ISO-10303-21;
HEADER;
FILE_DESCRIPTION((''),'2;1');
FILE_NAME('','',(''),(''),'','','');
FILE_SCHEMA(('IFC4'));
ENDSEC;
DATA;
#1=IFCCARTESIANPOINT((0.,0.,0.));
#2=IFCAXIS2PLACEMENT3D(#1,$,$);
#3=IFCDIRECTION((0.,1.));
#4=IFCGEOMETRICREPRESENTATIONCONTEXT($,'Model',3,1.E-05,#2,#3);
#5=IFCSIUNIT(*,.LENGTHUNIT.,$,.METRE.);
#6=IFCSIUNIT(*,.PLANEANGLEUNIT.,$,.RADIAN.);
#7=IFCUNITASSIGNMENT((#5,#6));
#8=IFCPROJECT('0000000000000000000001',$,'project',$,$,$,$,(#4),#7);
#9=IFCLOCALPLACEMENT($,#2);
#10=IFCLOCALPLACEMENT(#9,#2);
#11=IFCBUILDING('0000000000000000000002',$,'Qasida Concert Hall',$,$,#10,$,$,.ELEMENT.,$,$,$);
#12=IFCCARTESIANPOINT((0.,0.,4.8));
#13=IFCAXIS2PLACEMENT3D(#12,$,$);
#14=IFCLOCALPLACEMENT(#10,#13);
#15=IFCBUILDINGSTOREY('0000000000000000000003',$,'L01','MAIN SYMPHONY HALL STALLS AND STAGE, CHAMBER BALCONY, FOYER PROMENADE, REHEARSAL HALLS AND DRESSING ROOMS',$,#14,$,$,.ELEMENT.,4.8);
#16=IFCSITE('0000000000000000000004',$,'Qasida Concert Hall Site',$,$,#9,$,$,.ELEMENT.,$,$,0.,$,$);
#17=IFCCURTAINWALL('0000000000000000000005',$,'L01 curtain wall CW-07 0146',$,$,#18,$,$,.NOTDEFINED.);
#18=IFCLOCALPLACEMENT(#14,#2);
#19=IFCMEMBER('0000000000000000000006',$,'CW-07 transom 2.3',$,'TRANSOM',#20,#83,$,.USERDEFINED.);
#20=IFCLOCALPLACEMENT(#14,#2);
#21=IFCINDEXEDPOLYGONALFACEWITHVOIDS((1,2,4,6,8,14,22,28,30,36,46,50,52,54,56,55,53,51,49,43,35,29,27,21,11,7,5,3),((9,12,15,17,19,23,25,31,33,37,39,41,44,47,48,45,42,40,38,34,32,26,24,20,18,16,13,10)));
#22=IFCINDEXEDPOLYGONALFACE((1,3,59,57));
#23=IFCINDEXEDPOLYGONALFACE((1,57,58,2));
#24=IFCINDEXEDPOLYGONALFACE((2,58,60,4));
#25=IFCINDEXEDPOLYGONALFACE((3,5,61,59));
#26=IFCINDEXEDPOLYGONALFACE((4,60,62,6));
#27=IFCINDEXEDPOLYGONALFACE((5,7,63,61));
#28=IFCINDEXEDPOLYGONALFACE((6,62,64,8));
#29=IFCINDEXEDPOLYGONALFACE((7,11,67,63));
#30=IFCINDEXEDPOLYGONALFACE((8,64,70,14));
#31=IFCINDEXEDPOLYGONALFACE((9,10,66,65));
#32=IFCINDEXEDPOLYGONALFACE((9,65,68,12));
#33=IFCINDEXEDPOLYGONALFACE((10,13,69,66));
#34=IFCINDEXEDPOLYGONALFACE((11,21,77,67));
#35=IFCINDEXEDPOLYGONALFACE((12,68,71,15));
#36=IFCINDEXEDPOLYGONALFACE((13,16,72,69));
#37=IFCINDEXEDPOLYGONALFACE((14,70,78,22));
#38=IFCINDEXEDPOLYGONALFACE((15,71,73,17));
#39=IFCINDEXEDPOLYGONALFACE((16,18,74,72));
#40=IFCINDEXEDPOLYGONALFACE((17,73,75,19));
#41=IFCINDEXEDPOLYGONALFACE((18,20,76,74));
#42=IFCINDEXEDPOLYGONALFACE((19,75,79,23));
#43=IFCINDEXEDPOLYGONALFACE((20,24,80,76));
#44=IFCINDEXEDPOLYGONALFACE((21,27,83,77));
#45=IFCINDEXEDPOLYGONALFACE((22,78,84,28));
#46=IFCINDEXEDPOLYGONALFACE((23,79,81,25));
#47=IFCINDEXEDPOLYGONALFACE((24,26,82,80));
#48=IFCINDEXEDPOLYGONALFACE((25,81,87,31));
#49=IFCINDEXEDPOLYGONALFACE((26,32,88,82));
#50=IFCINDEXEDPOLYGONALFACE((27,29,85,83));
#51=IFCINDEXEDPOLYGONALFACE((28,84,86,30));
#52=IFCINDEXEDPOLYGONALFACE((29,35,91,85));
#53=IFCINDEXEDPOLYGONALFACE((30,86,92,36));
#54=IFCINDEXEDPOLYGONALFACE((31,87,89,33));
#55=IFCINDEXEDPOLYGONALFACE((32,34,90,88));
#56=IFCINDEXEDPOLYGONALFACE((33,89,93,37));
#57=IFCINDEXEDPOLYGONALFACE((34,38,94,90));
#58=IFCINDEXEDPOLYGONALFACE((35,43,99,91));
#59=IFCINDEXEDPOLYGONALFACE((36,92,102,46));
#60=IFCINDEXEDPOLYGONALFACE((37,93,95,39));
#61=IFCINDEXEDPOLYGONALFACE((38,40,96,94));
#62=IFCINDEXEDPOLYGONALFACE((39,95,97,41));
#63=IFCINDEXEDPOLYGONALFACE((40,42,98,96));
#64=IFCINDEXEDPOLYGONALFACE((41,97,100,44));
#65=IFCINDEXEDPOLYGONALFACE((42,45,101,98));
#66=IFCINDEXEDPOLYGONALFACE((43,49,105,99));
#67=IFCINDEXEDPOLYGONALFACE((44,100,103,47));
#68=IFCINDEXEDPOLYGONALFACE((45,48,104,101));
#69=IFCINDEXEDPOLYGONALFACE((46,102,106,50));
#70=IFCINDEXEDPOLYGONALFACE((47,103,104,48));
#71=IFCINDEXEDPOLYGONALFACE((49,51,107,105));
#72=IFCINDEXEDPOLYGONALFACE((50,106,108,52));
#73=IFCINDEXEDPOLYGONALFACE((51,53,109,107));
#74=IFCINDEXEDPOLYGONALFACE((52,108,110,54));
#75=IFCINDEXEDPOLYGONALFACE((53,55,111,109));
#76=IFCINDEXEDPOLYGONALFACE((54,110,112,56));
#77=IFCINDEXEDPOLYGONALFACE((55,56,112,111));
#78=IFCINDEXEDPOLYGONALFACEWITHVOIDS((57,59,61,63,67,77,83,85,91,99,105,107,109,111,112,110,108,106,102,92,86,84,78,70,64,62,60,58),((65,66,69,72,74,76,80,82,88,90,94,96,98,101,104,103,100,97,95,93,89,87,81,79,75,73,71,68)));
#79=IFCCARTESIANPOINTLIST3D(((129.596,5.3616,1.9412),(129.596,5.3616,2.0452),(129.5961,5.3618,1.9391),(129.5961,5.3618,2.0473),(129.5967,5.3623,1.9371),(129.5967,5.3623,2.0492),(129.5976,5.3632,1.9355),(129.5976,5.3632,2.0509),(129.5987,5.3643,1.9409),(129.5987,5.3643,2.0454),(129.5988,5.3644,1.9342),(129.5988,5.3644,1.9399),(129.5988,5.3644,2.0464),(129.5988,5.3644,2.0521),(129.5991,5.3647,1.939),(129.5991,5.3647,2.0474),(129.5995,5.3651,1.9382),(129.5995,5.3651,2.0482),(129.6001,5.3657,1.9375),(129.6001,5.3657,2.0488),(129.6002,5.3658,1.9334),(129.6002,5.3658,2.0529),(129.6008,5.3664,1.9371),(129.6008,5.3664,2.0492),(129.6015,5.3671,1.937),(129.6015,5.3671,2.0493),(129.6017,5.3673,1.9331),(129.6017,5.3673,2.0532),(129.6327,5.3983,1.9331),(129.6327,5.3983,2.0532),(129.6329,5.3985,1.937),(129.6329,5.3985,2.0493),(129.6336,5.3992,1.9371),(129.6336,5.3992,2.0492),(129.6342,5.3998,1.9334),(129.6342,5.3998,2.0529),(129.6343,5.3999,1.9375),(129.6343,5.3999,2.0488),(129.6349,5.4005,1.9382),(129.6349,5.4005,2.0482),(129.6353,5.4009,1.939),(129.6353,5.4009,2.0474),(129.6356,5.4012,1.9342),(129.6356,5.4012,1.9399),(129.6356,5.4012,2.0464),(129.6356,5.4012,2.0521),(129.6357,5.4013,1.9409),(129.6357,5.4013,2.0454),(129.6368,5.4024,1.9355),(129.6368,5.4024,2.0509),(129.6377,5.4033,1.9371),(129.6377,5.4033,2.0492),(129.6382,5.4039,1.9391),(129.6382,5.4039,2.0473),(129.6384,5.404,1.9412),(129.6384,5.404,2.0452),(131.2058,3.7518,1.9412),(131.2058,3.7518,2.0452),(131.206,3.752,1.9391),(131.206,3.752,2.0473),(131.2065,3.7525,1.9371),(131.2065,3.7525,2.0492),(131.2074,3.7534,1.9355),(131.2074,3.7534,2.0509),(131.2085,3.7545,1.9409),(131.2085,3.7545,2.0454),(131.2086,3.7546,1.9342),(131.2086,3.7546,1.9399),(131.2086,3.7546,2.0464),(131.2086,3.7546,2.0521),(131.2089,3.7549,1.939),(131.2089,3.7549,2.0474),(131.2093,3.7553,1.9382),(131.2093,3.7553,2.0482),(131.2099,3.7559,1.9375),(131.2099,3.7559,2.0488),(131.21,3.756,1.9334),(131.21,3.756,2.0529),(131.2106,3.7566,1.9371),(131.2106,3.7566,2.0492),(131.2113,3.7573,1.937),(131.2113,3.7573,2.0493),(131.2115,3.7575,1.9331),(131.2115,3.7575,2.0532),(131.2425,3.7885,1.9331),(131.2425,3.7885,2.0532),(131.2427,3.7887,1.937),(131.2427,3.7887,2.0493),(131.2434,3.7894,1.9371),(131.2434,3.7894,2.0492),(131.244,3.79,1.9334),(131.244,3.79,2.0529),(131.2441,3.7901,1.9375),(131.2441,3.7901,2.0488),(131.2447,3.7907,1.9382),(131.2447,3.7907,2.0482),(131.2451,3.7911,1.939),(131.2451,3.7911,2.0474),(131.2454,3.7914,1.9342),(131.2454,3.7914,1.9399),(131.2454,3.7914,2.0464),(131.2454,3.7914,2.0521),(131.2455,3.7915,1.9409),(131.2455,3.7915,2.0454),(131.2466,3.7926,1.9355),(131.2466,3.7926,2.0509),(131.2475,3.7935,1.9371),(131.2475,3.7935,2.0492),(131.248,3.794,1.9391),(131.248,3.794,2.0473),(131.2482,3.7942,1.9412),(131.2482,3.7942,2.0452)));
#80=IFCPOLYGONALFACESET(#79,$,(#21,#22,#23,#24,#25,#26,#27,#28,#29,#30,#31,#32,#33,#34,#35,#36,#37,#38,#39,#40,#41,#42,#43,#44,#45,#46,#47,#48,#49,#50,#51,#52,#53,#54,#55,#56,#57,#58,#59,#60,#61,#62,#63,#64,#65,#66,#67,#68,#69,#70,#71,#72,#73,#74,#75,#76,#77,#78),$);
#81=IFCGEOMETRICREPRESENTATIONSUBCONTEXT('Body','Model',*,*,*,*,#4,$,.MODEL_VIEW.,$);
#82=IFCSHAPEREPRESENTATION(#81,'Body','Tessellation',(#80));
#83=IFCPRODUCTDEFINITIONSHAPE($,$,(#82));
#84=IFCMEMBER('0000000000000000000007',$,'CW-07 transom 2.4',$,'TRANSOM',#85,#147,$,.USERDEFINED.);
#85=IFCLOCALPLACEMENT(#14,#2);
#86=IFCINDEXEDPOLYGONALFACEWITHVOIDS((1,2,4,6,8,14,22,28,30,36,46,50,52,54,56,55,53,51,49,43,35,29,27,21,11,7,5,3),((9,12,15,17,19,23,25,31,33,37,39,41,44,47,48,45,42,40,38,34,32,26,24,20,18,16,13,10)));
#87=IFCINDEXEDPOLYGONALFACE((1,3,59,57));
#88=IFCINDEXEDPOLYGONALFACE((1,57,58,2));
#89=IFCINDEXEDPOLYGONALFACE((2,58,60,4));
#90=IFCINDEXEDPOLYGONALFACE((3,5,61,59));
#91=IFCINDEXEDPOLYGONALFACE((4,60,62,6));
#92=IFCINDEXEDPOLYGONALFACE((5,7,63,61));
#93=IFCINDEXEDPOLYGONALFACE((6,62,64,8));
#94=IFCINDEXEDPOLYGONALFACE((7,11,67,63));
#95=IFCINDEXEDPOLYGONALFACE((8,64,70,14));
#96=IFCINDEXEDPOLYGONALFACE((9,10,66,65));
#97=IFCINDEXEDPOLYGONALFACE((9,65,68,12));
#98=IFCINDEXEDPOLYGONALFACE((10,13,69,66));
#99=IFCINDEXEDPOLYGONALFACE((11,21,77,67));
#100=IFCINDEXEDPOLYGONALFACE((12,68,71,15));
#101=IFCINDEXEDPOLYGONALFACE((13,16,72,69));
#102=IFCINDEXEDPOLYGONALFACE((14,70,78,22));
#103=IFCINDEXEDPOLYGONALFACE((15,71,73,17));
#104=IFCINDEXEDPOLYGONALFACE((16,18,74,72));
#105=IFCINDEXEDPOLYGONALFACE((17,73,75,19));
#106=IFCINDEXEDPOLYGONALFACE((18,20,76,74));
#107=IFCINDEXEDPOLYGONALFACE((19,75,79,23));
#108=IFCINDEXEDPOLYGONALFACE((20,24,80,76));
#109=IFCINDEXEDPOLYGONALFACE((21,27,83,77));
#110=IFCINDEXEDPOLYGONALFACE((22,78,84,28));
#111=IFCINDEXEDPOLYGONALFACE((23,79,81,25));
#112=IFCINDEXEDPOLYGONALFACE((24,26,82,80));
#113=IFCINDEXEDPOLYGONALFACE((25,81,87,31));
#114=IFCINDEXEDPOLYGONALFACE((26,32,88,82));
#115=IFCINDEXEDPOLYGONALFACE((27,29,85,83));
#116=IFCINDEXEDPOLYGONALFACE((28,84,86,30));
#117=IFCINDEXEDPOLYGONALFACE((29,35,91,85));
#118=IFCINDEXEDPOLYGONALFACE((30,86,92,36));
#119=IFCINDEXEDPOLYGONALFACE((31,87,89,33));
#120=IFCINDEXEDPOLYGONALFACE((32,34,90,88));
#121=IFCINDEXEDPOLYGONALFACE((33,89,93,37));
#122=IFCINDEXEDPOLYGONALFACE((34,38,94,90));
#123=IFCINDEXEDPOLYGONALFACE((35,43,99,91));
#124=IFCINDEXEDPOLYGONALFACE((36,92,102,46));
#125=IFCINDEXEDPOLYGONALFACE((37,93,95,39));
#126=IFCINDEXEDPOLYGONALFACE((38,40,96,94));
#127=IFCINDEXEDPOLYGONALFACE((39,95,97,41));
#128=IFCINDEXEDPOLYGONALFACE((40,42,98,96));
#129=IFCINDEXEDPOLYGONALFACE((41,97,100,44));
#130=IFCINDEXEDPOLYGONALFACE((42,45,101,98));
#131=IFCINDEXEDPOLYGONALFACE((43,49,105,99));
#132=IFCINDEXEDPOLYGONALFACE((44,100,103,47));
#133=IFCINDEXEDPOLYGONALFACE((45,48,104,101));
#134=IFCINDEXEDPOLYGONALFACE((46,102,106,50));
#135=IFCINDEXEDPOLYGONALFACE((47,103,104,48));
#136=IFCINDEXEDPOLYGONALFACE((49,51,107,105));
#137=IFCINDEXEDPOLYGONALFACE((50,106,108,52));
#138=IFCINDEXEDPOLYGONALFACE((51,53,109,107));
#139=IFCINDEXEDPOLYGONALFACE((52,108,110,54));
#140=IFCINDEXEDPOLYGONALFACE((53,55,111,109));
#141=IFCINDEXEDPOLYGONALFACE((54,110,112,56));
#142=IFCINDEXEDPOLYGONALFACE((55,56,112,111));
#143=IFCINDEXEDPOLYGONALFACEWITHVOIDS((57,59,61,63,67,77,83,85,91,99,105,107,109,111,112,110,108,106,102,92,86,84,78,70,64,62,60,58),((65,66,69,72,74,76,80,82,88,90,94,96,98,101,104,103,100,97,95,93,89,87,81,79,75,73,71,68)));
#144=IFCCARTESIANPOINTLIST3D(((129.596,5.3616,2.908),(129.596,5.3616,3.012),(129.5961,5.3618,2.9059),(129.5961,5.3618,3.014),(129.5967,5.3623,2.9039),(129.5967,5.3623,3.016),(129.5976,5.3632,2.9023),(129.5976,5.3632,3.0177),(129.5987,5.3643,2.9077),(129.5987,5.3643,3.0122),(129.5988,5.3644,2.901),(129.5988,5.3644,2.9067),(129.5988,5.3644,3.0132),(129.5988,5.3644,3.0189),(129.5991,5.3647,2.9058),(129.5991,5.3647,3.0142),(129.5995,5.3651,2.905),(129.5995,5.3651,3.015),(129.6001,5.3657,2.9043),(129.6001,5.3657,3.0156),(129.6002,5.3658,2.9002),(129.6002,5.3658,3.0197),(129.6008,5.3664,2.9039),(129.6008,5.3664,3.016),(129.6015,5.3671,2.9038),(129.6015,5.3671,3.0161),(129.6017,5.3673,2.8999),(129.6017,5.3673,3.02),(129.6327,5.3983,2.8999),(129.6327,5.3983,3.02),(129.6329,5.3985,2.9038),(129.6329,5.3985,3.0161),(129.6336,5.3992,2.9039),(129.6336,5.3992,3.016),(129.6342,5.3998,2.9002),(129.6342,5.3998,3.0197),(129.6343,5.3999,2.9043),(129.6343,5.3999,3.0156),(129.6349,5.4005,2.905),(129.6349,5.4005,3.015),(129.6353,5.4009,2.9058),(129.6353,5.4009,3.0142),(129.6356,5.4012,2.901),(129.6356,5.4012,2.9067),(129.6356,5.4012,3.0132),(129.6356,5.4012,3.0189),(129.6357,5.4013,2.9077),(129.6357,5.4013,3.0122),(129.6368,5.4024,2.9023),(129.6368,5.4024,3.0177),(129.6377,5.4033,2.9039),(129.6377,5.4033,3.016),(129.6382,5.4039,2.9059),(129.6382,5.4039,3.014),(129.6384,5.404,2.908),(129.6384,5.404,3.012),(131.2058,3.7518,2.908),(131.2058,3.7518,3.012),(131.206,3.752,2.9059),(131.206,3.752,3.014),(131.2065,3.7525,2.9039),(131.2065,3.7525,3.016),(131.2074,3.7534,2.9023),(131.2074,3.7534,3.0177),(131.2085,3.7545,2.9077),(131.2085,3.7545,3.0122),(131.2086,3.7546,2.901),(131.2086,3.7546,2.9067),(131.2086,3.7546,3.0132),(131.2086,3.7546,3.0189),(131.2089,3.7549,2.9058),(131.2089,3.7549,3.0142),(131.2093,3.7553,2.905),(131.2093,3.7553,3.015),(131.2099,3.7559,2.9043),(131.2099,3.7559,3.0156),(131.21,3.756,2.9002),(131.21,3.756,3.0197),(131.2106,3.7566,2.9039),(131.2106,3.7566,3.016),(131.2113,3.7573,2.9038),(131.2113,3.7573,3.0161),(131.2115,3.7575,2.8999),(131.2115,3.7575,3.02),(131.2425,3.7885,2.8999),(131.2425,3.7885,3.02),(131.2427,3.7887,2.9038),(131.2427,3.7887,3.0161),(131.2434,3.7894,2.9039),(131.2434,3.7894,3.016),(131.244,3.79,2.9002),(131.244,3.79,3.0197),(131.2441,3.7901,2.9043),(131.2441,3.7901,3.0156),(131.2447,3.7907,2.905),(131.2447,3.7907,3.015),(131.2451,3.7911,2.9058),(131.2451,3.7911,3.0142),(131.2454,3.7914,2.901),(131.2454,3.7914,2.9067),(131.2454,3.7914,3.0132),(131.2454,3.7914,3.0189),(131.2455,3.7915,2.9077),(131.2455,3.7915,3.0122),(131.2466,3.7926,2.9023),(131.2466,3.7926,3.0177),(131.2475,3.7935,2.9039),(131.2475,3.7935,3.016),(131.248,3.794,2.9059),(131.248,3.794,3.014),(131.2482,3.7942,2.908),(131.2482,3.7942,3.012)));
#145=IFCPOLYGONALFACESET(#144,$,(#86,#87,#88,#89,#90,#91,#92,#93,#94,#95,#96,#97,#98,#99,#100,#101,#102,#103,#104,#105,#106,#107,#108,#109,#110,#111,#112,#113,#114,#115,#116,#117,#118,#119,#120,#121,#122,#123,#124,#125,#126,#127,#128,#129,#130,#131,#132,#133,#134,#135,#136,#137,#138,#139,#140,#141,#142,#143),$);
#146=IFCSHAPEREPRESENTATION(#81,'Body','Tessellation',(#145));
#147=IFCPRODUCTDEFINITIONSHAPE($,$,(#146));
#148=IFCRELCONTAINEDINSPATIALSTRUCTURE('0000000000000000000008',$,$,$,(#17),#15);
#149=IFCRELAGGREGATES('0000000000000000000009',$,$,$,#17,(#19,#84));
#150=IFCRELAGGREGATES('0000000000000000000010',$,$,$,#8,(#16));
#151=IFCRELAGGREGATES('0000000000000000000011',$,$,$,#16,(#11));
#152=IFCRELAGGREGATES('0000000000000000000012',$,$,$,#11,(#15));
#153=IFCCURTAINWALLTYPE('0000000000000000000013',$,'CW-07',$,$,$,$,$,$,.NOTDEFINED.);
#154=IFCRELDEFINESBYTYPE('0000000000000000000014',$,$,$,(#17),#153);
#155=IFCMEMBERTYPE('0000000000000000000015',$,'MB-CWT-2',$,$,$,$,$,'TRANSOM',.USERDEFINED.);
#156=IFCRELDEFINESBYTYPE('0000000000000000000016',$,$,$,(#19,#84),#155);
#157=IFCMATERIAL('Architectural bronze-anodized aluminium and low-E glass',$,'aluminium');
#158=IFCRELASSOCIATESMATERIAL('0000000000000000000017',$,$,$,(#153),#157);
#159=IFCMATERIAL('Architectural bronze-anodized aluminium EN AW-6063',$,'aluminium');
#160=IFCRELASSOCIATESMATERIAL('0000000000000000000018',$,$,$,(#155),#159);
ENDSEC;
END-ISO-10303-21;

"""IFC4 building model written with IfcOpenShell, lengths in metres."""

from ifc_helpers import new_model, si_unit, direction, frame, origin, origin_2d, place, context, subcontext, project, spatial, hollow_rectangle, extrude, material, material_profile, profile_set, type_object, element, aggregate, save


model = new_model("IFC4")

# Units and contexts
model_context = context("Model", 3, precision=1e-05, world=origin(), true_north=direction((0.0, 1.0)))
body_context = subcontext(model_context, "Body", "Model", "MODEL_VIEW")
ifc_project = project(units=[si_unit("LENGTHUNIT", "METRE"), si_unit("PLANEANGLEUNIT", "RADIAN")], contexts=[model_context])

# Site, building, storey
site_placement = place(None, origin())
site = spatial("IfcSite", under=ifc_project, at=site_placement, Name="Qasida Concert Hall Site", CompositionType="ELEMENT", RefElevation=0.0)
building_placement = place(site_placement, origin())
building = spatial("IfcBuilding", under=site, at=building_placement, Name="Qasida Concert Hall", CompositionType="ELEMENT")
storey_placement = place(building_placement, frame((0.0, 0.0, 4.8)))
storey = spatial("IfcBuildingStorey", under=building, at=storey_placement, Name="L01", Description="MAIN SYMPHONY HALL STALLS AND STAGE, CHAMBER BALCONY, FOYER PROMENADE, REHEARSAL HALLS AND DRESSING ROOMS", CompositionType="ELEMENT", Elevation=4.8)

# Curtain wall, members
ifc_material_1 = material(Name="Architectural bronze-anodized aluminium and low-E glass", Category="aluminium")
curtain_wall_type = type_object("IfcCurtainWallType", Name="CW-07", PredefinedType="NOTDEFINED", material=ifc_material_1)
curtain_wall_placement = place(storey_placement, origin())
curtain_wall = element("IfcCurtainWall", 1, at=curtain_wall_placement, inside=storey, type_object=curtain_wall_type, Name="L01 curtain wall CW-07 0146", PredefinedType="NOTDEFINED")
ifc_material_2 = material(Name="Architectural bronze-anodized aluminium EN AW-6063", Category="aluminium")
ifc_material_profile_1 = material_profile(ifc_material_2, hollow_rectangle(XDim=0.0601, YDim=0.1201, WallThickness=0.0039, InnerFilletRadius=0.0039, OuterFilletRadius=0.0081, at=origin_2d()), Name="CWT 120x60x4")
ifc_profile_set_1 = profile_set([ifc_material_profile_1], Name="Architectural bronze-anodized aluminium EN AW-6063")
member_type_1 = type_object("IfcMemberType", Name="MB-CWT-2", ElementType="TRANSOM", PredefinedType="USERDEFINED", material=ifc_profile_set_1)
member_1_placement = place(storey_placement, frame((129.6172, 5.3828, 1.9932), z_axis=(0.707107, -0.707107, 0.0), x_axis=(0.707107, 0.707107, 0.0)))
member_1 = element("IfcMember", 2, at=member_1_placement, type_object=member_type_1, Name="CW-07 transom 2.3", ObjectType="TRANSOM", PredefinedType="USERDEFINED", context=body_context, shape_type="SweptSolid", body=[
    extrude(hollow_rectangle(XDim=0.0601, YDim=0.1201, WallThickness=0.0039, InnerFilletRadius=0.0039, OuterFilletRadius=0.0081, at=origin_2d()), origin(), (0.0, 0.0, 1.0), 2.2766),
])
member_2_placement = place(storey_placement, frame((129.6172, 5.3828, 2.96), z_axis=(0.707107, -0.707107, 0.0), x_axis=(0.707107, 0.707107, 0.0)))
member_2 = element("IfcMember", 3, at=member_2_placement, type_object=member_type_1, Name="CW-07 transom 2.4", ObjectType="TRANSOM", PredefinedType="USERDEFINED", context=body_context, shape_type="SweptSolid", body=[
    extrude(hollow_rectangle(XDim=0.0601, YDim=0.1201, WallThickness=0.0039, InnerFilletRadius=0.0039, OuterFilletRadius=0.0081, at=origin_2d()), origin(), (0.0, 0.0, 1.0), 2.2766),
])
aggregate(curtain_wall, [member_1, member_2])

save(model, "model.ifc")
